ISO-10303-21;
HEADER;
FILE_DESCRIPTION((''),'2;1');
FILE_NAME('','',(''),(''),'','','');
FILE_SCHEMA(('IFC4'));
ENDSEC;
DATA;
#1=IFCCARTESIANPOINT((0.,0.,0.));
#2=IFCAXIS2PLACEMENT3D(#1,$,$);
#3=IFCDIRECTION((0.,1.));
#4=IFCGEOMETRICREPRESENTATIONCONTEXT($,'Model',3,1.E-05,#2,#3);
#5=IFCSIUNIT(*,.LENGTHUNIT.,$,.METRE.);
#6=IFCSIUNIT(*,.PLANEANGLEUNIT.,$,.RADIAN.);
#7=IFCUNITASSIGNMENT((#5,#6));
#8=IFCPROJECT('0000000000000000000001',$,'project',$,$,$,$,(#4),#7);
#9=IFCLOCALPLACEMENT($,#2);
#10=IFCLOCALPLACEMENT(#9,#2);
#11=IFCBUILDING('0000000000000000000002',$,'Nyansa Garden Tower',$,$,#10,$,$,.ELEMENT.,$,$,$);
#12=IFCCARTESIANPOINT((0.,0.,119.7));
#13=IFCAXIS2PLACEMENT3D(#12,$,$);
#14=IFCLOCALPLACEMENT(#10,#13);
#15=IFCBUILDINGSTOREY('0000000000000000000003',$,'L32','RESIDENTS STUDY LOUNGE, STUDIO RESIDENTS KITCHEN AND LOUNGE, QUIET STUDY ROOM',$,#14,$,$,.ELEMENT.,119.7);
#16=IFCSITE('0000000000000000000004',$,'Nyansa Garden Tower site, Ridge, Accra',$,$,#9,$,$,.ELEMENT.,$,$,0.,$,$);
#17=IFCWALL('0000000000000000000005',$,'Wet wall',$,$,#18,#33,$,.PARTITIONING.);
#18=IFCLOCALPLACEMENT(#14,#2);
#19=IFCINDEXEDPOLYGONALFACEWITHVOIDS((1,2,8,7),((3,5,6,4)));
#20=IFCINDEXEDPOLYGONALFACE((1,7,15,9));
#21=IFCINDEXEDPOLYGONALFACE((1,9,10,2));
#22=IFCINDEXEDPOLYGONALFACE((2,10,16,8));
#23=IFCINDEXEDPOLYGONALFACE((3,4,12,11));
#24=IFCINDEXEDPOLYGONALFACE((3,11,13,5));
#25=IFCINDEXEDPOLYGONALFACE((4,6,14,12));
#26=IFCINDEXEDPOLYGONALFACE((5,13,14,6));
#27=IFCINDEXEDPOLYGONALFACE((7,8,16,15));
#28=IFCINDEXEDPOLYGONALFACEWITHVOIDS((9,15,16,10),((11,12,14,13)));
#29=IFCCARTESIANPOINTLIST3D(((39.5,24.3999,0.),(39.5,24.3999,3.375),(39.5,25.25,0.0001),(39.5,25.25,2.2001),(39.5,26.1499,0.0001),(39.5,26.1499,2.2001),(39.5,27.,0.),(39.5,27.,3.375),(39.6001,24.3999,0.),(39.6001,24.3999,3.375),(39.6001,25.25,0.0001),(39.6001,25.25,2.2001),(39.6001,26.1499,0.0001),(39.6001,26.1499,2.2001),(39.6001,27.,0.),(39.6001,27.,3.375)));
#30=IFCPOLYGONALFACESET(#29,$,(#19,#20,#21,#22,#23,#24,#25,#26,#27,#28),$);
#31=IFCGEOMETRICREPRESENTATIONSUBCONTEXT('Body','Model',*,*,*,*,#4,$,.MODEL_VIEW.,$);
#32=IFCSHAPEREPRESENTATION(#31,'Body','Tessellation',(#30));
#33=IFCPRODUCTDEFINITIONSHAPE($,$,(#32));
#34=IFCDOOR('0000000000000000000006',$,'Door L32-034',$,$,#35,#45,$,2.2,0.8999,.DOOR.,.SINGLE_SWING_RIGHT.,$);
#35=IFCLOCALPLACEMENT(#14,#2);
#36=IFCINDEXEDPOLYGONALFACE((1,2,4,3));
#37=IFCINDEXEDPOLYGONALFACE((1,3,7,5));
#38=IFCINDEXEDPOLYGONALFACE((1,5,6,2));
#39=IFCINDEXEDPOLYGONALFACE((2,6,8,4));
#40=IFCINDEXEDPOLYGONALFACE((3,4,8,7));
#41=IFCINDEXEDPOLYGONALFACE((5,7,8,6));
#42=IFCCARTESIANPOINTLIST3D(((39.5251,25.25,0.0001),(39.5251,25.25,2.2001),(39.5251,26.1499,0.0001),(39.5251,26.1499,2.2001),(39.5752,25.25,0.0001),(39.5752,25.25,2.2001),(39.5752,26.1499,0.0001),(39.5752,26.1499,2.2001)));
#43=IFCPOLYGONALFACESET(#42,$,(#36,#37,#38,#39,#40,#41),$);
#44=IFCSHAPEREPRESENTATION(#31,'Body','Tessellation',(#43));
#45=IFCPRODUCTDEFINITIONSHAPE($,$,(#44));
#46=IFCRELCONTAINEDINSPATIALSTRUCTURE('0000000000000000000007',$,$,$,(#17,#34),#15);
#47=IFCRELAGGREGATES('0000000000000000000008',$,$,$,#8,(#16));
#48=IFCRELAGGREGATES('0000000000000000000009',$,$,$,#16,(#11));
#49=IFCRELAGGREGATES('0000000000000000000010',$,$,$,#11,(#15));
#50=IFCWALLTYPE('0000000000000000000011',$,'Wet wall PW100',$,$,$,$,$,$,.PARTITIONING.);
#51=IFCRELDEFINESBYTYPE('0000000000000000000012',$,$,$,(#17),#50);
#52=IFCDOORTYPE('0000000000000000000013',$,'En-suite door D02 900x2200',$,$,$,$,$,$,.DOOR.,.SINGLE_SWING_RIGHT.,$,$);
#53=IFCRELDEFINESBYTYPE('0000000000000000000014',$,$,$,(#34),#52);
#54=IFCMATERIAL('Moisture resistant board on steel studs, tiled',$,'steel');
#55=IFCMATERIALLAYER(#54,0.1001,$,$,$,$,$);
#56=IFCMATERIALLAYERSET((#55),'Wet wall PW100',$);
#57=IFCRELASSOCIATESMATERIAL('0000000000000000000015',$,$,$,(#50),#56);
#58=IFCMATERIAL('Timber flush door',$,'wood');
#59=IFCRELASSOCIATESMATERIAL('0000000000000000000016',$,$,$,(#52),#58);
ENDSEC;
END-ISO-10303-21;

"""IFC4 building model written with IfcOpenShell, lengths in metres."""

from ifc_helpers import new_model, si_unit, direction, frame, frame_2d, origin, place, context, subcontext, project, spatial, rectangle, extrude, material, layer, layer_set, type_object, element, fill, save


model = new_model("IFC4")

# Units and contexts
model_context = context("Model", 3, precision=1e-05, world=origin(), true_north=direction((0.0, 1.0)))
body_context = subcontext(model_context, "Body", "Model", "MODEL_VIEW")
ifc_project = project(units=[si_unit("LENGTHUNIT", "METRE"), si_unit("PLANEANGLEUNIT", "RADIAN")], contexts=[model_context])

# Site, building, storey
site_placement = place(None, origin())
site = spatial("IfcSite", under=ifc_project, at=site_placement, Name="Nyansa Garden Tower site, Ridge, Accra", CompositionType="ELEMENT", RefElevation=0.0)
building_placement = place(site_placement, origin())
building = spatial("IfcBuilding", under=site, at=building_placement, Name="Nyansa Garden Tower", CompositionType="ELEMENT")
storey_placement = place(building_placement, frame((0.0, 0.0, 119.7)))
storey = spatial("IfcBuildingStorey", under=building, at=storey_placement, Name="L32", Description="RESIDENTS STUDY LOUNGE, STUDIO RESIDENTS KITCHEN AND LOUNGE, QUIET STUDY ROOM", CompositionType="ELEMENT", Elevation=119.7)

# Shared definitions
ifc_material_1 = material(Name="Moisture resistant board on steel studs, tiled", Category="steel")
ifc_layer_1 = layer(ifc_material_1, 0.1001)
ifc_layer_set_1 = layer_set([ifc_layer_1], Name="Wet wall PW100")
wall_type_1 = type_object("IfcWallType", Name="Wet wall PW100", PredefinedType="PARTITIONING", material=ifc_layer_set_1)

# Wall, opening, door
wall_1_placement = place(storey_placement, frame((39.55, 24.3999, 0.0), z_axis=(0.0, 0.0, 1.0), x_axis=(0.0, 1.0, 0.0)))
wall_1 = element("IfcWall", 1, at=wall_1_placement, inside=storey, type_object=wall_type_1, Name="Wet wall", PredefinedType="PARTITIONING", context=body_context, shape_type="SweptSolid", body=[
    extrude(rectangle(XDim=2.6001, YDim=0.1001, at=frame_2d((1.3, 0.0))), origin(), (0.0, 0.0, 1.0), 3.375),
])
opening_1_placement = place(wall_1_placement, frame((0.8501, 0.0, 0.0)))
opening_1 = element("IfcOpeningElement", 2, at=opening_1_placement, cuts=wall_1, PredefinedType="OPENING", context=body_context, shape_type="SweptSolid", body=[
    extrude(rectangle(XDim=0.8999, YDim=2.2, at=frame_2d((0.45, 1.1001))), frame((0.0, 0.0601, 0.0), z_axis=(0.0, -1.0, 0.0), x_axis=(1.0, 0.0, 0.0)), (0.0, 0.0, 1.0), 0.1201),
])
ifc_material_2 = material(Name="Timber flush door", Category="wood")
door_type = type_object("IfcDoorType", Name="En-suite door D02 900x2200", OperationType="SINGLE_SWING_RIGHT", PredefinedType="DOOR", material=ifc_material_2)
door_placement = place(opening_1_placement, origin())
door = element("IfcDoor", 3, at=door_placement, inside=storey, type_object=door_type, Name="Door L32-034", OperationType="SINGLE_SWING_RIGHT", OverallHeight=2.2, OverallWidth=0.8999, PredefinedType="DOOR", context=body_context, shape_type="SweptSolid", body=[
    extrude(rectangle(XDim=0.8999, YDim=2.2, at=frame_2d((0.45, 1.1001))), frame((0.0, 0.0249, 0.0), z_axis=(0.0, -1.0, 0.0), x_axis=(1.0, 0.0, 0.0)), (0.0, 0.0, 1.0), 0.05),
])
fill(opening_1, door)

save(model, "model.ifc")
